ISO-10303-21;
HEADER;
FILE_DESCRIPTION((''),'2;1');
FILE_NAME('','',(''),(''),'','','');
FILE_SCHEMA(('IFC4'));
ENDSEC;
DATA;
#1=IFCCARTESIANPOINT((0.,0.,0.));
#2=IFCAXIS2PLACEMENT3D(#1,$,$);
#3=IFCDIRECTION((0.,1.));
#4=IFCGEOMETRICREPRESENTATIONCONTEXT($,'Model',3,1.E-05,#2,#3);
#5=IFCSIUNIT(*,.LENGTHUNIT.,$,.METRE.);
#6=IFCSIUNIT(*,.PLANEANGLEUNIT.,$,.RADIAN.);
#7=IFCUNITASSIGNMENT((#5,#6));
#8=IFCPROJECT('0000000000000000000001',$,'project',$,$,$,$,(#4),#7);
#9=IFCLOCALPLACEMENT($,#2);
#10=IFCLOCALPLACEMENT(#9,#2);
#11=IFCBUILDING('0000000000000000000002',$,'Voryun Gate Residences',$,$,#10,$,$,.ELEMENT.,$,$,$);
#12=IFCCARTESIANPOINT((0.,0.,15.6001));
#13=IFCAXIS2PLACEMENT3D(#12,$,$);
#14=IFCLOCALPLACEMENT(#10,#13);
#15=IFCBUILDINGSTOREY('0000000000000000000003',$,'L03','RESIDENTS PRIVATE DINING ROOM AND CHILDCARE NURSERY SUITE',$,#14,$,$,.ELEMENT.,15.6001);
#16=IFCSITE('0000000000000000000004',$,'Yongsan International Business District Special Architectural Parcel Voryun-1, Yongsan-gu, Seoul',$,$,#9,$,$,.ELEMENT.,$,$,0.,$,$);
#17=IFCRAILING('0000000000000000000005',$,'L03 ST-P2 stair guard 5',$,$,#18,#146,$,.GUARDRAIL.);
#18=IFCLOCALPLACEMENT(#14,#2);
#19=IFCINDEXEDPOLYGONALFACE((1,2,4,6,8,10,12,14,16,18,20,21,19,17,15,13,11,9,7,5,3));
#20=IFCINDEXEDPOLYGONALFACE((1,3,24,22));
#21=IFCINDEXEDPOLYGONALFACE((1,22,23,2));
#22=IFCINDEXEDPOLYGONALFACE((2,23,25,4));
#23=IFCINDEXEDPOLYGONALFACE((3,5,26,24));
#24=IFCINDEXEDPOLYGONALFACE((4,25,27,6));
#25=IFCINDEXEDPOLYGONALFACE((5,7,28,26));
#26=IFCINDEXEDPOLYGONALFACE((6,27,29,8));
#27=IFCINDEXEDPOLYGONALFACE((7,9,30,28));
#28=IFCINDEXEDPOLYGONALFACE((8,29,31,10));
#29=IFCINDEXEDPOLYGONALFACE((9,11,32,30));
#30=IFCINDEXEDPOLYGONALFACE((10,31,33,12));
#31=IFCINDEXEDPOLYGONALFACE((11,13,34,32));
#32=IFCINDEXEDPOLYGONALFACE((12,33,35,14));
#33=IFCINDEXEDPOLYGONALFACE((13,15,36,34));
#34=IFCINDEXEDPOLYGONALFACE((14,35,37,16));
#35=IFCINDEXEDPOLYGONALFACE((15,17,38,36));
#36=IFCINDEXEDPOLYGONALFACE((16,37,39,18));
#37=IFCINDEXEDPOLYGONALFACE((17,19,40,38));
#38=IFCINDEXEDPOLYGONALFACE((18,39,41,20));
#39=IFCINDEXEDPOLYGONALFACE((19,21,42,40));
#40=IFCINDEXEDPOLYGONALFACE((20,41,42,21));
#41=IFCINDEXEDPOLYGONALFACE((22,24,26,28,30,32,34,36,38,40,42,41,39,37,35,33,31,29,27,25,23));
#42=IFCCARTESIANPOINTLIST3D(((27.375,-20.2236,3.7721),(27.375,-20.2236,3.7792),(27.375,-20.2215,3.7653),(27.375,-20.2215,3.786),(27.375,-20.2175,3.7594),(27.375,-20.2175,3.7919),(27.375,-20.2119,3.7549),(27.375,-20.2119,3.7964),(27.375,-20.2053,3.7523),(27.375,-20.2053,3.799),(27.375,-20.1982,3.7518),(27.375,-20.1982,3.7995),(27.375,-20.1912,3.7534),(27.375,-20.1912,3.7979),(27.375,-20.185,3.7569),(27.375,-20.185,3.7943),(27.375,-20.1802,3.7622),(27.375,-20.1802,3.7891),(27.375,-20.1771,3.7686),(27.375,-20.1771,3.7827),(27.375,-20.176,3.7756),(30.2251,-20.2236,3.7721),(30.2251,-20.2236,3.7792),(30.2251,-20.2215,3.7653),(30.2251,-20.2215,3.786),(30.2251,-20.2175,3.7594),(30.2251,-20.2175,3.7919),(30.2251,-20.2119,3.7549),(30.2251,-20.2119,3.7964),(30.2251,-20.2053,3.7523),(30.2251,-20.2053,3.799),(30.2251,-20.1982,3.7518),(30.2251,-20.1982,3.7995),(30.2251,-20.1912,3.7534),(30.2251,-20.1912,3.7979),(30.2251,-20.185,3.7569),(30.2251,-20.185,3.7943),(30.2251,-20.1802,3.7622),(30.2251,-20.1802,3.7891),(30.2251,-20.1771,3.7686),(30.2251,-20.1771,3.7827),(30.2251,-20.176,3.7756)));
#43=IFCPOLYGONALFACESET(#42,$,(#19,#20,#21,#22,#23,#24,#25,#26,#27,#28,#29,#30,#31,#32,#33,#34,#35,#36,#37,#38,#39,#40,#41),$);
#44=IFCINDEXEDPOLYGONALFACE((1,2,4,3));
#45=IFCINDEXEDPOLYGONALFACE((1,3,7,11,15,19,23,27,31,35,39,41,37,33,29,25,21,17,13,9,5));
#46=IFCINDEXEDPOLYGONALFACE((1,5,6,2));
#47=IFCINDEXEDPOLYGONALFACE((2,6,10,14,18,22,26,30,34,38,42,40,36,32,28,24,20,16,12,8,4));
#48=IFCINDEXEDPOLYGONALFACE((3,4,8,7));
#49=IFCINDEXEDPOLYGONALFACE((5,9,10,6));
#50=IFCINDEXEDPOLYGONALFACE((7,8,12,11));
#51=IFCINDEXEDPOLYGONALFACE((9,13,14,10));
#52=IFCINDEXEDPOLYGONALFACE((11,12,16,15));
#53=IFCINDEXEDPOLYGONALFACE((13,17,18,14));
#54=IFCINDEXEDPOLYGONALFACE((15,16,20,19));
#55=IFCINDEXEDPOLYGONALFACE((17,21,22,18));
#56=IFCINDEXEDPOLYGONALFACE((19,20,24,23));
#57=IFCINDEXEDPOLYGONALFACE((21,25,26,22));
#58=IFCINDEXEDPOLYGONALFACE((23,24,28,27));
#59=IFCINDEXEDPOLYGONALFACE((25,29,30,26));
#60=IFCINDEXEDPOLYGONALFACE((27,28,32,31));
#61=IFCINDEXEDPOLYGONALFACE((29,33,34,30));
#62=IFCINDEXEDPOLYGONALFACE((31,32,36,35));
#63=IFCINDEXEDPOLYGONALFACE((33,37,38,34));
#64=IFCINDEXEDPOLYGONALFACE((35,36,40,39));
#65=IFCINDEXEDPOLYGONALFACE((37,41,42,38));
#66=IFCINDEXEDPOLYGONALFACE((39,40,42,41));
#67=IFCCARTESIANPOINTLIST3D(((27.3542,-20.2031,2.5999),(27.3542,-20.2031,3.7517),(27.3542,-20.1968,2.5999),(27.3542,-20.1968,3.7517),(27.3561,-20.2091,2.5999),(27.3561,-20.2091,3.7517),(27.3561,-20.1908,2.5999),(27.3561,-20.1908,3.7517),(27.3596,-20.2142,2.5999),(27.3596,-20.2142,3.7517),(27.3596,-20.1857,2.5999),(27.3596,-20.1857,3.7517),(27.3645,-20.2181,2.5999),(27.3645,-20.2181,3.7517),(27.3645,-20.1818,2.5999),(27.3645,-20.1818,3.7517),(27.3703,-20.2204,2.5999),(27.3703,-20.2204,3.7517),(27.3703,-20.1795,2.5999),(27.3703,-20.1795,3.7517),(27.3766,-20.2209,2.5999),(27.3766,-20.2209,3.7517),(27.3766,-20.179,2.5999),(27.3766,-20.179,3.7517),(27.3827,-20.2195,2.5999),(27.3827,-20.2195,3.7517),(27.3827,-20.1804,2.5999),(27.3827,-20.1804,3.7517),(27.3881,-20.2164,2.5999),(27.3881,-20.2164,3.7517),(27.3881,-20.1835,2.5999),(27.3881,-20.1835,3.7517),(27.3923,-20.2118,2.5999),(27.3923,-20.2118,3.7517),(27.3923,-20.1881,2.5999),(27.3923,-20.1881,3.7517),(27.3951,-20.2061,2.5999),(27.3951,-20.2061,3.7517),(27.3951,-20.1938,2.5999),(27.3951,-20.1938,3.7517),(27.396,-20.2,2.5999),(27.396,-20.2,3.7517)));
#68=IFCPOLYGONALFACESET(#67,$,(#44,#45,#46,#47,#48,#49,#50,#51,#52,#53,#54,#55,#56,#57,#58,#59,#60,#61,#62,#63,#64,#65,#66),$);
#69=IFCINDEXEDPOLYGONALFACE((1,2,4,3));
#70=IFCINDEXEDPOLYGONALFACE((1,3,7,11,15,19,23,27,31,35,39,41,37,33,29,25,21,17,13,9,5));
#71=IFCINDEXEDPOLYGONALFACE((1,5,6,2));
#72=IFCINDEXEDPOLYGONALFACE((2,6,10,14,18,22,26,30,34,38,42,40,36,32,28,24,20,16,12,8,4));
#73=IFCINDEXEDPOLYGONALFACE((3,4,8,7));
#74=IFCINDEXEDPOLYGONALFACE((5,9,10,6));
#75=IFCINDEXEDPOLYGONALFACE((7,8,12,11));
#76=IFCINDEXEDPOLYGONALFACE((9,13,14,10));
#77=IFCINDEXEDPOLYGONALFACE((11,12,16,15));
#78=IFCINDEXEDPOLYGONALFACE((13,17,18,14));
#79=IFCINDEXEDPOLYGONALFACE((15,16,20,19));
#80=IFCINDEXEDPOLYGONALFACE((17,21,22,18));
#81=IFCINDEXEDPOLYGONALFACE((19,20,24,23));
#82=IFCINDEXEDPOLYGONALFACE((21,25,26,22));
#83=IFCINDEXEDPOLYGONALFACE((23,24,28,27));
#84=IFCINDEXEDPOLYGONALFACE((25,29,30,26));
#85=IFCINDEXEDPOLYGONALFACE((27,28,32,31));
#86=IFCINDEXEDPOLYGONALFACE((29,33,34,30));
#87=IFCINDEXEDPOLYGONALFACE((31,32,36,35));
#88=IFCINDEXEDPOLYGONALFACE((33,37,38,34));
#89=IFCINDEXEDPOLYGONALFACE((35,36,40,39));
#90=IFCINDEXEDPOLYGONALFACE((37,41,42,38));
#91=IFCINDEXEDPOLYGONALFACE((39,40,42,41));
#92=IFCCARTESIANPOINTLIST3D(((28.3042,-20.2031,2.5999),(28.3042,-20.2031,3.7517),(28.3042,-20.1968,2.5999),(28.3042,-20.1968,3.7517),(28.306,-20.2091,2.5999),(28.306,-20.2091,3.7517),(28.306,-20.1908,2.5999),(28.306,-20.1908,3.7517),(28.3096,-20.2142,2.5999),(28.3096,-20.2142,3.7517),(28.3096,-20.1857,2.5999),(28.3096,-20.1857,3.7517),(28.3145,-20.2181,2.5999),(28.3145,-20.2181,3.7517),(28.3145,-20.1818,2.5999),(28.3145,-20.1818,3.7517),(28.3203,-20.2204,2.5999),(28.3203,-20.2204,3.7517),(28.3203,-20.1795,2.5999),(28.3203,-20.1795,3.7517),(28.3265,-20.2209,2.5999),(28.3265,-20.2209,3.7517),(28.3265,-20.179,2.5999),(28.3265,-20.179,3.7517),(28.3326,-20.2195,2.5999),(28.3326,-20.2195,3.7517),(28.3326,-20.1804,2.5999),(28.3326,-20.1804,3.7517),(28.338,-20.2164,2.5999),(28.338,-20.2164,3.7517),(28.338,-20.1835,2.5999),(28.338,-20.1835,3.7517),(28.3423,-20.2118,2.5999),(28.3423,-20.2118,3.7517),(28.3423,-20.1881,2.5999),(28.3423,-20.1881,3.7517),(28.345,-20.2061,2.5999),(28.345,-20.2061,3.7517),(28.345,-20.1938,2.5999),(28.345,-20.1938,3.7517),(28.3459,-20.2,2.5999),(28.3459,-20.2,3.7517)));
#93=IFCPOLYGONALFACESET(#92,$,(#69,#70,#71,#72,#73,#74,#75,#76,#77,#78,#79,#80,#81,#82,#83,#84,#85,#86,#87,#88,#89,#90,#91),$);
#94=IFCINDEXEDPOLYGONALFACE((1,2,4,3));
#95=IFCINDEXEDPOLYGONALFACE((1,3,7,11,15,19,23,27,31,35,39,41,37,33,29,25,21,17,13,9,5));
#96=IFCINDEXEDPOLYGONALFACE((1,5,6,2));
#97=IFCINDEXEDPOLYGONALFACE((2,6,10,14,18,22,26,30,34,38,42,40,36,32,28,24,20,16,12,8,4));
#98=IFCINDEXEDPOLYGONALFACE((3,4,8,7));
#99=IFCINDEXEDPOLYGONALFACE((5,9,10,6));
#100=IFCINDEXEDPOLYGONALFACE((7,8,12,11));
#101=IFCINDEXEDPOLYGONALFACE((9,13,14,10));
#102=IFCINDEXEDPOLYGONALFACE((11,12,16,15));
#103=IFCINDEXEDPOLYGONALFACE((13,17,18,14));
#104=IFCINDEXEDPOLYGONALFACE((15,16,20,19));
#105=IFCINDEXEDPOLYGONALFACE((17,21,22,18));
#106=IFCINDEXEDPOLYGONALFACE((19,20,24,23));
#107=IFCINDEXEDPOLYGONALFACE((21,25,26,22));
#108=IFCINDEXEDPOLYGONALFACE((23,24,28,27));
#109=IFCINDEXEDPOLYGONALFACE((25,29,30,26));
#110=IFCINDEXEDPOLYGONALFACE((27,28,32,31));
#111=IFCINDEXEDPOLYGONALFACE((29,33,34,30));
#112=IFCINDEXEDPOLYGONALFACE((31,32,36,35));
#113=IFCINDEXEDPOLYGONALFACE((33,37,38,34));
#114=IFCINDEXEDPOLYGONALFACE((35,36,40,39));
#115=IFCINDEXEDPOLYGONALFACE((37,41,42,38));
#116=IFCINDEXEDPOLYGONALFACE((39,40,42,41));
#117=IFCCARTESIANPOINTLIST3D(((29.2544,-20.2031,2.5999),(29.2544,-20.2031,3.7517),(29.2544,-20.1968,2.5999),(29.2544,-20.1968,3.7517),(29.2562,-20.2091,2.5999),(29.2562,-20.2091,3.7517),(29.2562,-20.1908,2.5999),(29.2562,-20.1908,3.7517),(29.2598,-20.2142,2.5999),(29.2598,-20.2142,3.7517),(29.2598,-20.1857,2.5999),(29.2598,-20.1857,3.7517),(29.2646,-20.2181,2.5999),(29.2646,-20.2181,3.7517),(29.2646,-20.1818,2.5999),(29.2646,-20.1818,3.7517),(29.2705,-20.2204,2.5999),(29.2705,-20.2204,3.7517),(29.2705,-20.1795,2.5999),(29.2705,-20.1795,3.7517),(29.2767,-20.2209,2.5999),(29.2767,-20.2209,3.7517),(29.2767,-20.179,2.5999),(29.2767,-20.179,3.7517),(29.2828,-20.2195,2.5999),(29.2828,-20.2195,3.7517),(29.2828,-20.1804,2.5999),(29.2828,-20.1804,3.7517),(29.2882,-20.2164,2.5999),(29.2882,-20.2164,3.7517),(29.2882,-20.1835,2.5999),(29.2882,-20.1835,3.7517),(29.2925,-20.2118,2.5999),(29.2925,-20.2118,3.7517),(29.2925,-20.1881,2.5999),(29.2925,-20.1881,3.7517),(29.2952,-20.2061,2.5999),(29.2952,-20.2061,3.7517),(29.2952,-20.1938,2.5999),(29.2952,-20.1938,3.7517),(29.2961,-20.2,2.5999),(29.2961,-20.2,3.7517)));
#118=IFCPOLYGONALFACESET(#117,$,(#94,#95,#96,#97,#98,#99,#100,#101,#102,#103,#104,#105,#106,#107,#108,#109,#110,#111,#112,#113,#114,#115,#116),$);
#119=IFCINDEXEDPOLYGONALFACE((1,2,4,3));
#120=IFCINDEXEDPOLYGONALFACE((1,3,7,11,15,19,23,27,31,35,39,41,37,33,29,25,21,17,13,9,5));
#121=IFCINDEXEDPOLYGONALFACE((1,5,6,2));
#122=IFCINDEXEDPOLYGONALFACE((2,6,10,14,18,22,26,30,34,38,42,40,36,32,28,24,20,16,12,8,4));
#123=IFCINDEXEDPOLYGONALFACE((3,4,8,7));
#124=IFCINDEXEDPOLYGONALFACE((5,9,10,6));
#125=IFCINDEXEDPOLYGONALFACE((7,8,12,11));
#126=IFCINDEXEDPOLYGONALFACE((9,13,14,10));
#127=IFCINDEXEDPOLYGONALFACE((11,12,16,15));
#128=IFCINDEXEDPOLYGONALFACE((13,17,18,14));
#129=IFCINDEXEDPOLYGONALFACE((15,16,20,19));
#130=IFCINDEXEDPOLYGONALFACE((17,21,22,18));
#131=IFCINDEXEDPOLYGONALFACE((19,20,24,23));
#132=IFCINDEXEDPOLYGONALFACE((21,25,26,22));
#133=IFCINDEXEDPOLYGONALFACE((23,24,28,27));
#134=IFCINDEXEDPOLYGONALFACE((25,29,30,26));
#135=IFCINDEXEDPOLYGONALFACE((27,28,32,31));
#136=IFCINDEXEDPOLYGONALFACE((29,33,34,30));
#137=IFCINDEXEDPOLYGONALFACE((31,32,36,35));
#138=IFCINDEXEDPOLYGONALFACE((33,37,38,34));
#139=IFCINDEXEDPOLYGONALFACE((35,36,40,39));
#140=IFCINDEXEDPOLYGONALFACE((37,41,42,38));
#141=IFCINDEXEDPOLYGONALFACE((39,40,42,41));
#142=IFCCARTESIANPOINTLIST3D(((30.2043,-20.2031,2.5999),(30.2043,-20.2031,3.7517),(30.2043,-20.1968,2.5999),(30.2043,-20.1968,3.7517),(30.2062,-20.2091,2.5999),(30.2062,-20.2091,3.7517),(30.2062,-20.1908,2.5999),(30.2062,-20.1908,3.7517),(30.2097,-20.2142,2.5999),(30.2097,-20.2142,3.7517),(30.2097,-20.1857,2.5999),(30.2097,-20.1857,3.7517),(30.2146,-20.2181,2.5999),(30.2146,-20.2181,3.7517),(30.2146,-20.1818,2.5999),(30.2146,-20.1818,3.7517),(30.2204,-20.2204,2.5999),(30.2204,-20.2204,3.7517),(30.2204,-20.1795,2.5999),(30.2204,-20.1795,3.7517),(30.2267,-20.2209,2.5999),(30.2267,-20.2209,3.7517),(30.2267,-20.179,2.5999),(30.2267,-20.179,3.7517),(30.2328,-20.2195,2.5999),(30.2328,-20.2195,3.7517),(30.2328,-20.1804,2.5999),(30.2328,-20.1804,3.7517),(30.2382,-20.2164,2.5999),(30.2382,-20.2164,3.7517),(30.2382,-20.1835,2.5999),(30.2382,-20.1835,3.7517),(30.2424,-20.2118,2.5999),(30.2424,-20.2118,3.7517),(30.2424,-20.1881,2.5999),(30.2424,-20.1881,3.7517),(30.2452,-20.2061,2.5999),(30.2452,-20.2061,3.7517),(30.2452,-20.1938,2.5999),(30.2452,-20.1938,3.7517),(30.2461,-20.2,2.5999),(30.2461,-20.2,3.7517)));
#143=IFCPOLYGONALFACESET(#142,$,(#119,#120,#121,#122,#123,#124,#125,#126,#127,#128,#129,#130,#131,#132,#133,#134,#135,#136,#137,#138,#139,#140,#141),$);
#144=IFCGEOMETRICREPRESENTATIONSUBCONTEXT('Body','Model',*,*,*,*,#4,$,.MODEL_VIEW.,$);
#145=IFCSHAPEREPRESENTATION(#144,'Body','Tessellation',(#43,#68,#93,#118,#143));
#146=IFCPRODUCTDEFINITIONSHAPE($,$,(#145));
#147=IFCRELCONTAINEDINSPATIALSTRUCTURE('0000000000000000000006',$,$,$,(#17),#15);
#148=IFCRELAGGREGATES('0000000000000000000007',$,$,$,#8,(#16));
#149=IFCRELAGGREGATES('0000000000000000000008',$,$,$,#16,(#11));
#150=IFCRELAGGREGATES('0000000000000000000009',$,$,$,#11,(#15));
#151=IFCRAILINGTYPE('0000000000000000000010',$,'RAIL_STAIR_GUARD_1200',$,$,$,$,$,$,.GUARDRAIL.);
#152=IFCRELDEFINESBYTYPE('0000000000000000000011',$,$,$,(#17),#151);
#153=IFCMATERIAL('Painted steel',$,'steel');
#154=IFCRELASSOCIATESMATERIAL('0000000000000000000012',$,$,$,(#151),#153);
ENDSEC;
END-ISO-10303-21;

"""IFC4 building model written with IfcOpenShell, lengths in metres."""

from ifc_helpers import new_model, si_unit, direction, frame, origin, origin_2d, place, context, subcontext, project, spatial, circle, extrude, material, type_object, element, save


model = new_model("IFC4")

# Units and contexts
model_context = context("Model", 3, precision=1e-05, world=origin(), true_north=direction((0.0, 1.0)))
body_context = subcontext(model_context, "Body", "Model", "MODEL_VIEW")
ifc_project = project(units=[si_unit("LENGTHUNIT", "METRE"), si_unit("PLANEANGLEUNIT", "RADIAN")], contexts=[model_context])

# Site, building, storey
site_placement = place(None, origin())
site = spatial("IfcSite", under=ifc_project, at=site_placement, Name="Yongsan International Business District Special Architectural Parcel Voryun-1, Yongsan-gu, Seoul", CompositionType="ELEMENT", RefElevation=0.0)
building_placement = place(site_placement, origin())
building = spatial("IfcBuilding", under=site, at=building_placement, Name="Voryun Gate Residences", CompositionType="ELEMENT")
storey_placement = place(building_placement, frame((0.0, 0.0, 15.6001)))
storey = spatial("IfcBuildingStorey", under=building, at=storey_placement, Name="L03", Description="RESIDENTS PRIVATE DINING ROOM AND CHILDCARE NURSERY SUITE", CompositionType="ELEMENT", Elevation=15.6001)

# Railing
ifc_material_1 = material(Name="Painted steel", Category="steel")
railing_type_1 = type_object("IfcRailingType", Name="RAIL_STAIR_GUARD_1200", PredefinedType="GUARDRAIL", material=ifc_material_1)
railing_1_placement = place(storey_placement, frame((27.375, -20.2, 2.5999)))
element("IfcRailing", 1, at=railing_1_placement, inside=storey, type_object=railing_type_1, Name="L03 ST-P2 stair guard 5", PredefinedType="GUARDRAIL", context=body_context, shape_type="SweptSolid", body=[
    extrude(circle(Radius=0.0239, at=origin_2d()), frame((0.0, 0.0, 1.1758), z_axis=(1.0, 0.0, 0.0), x_axis=(0.0, 1.0, 0.0)), (0.0, 0.0, 1.0), 2.8501),
    extrude(circle(Radius=0.021, at=origin_2d()), origin(), (0.0, 0.0, 1.0), 1.1519),
    extrude(circle(Radius=0.021, at=origin_2d()), frame((0.95, 0.0, 0.0)), (0.0, 0.0, 1.0), 1.1519),
    extrude(circle(Radius=0.021, at=origin_2d()), frame((1.9001, 0.0, 0.0)), (0.0, 0.0, 1.0), 1.1519),
    extrude(circle(Radius=0.021, at=origin_2d()), frame((2.8501, 0.0, 0.0)), (0.0, 0.0, 1.0), 1.1519),
])

save(model, "model.ifc")
